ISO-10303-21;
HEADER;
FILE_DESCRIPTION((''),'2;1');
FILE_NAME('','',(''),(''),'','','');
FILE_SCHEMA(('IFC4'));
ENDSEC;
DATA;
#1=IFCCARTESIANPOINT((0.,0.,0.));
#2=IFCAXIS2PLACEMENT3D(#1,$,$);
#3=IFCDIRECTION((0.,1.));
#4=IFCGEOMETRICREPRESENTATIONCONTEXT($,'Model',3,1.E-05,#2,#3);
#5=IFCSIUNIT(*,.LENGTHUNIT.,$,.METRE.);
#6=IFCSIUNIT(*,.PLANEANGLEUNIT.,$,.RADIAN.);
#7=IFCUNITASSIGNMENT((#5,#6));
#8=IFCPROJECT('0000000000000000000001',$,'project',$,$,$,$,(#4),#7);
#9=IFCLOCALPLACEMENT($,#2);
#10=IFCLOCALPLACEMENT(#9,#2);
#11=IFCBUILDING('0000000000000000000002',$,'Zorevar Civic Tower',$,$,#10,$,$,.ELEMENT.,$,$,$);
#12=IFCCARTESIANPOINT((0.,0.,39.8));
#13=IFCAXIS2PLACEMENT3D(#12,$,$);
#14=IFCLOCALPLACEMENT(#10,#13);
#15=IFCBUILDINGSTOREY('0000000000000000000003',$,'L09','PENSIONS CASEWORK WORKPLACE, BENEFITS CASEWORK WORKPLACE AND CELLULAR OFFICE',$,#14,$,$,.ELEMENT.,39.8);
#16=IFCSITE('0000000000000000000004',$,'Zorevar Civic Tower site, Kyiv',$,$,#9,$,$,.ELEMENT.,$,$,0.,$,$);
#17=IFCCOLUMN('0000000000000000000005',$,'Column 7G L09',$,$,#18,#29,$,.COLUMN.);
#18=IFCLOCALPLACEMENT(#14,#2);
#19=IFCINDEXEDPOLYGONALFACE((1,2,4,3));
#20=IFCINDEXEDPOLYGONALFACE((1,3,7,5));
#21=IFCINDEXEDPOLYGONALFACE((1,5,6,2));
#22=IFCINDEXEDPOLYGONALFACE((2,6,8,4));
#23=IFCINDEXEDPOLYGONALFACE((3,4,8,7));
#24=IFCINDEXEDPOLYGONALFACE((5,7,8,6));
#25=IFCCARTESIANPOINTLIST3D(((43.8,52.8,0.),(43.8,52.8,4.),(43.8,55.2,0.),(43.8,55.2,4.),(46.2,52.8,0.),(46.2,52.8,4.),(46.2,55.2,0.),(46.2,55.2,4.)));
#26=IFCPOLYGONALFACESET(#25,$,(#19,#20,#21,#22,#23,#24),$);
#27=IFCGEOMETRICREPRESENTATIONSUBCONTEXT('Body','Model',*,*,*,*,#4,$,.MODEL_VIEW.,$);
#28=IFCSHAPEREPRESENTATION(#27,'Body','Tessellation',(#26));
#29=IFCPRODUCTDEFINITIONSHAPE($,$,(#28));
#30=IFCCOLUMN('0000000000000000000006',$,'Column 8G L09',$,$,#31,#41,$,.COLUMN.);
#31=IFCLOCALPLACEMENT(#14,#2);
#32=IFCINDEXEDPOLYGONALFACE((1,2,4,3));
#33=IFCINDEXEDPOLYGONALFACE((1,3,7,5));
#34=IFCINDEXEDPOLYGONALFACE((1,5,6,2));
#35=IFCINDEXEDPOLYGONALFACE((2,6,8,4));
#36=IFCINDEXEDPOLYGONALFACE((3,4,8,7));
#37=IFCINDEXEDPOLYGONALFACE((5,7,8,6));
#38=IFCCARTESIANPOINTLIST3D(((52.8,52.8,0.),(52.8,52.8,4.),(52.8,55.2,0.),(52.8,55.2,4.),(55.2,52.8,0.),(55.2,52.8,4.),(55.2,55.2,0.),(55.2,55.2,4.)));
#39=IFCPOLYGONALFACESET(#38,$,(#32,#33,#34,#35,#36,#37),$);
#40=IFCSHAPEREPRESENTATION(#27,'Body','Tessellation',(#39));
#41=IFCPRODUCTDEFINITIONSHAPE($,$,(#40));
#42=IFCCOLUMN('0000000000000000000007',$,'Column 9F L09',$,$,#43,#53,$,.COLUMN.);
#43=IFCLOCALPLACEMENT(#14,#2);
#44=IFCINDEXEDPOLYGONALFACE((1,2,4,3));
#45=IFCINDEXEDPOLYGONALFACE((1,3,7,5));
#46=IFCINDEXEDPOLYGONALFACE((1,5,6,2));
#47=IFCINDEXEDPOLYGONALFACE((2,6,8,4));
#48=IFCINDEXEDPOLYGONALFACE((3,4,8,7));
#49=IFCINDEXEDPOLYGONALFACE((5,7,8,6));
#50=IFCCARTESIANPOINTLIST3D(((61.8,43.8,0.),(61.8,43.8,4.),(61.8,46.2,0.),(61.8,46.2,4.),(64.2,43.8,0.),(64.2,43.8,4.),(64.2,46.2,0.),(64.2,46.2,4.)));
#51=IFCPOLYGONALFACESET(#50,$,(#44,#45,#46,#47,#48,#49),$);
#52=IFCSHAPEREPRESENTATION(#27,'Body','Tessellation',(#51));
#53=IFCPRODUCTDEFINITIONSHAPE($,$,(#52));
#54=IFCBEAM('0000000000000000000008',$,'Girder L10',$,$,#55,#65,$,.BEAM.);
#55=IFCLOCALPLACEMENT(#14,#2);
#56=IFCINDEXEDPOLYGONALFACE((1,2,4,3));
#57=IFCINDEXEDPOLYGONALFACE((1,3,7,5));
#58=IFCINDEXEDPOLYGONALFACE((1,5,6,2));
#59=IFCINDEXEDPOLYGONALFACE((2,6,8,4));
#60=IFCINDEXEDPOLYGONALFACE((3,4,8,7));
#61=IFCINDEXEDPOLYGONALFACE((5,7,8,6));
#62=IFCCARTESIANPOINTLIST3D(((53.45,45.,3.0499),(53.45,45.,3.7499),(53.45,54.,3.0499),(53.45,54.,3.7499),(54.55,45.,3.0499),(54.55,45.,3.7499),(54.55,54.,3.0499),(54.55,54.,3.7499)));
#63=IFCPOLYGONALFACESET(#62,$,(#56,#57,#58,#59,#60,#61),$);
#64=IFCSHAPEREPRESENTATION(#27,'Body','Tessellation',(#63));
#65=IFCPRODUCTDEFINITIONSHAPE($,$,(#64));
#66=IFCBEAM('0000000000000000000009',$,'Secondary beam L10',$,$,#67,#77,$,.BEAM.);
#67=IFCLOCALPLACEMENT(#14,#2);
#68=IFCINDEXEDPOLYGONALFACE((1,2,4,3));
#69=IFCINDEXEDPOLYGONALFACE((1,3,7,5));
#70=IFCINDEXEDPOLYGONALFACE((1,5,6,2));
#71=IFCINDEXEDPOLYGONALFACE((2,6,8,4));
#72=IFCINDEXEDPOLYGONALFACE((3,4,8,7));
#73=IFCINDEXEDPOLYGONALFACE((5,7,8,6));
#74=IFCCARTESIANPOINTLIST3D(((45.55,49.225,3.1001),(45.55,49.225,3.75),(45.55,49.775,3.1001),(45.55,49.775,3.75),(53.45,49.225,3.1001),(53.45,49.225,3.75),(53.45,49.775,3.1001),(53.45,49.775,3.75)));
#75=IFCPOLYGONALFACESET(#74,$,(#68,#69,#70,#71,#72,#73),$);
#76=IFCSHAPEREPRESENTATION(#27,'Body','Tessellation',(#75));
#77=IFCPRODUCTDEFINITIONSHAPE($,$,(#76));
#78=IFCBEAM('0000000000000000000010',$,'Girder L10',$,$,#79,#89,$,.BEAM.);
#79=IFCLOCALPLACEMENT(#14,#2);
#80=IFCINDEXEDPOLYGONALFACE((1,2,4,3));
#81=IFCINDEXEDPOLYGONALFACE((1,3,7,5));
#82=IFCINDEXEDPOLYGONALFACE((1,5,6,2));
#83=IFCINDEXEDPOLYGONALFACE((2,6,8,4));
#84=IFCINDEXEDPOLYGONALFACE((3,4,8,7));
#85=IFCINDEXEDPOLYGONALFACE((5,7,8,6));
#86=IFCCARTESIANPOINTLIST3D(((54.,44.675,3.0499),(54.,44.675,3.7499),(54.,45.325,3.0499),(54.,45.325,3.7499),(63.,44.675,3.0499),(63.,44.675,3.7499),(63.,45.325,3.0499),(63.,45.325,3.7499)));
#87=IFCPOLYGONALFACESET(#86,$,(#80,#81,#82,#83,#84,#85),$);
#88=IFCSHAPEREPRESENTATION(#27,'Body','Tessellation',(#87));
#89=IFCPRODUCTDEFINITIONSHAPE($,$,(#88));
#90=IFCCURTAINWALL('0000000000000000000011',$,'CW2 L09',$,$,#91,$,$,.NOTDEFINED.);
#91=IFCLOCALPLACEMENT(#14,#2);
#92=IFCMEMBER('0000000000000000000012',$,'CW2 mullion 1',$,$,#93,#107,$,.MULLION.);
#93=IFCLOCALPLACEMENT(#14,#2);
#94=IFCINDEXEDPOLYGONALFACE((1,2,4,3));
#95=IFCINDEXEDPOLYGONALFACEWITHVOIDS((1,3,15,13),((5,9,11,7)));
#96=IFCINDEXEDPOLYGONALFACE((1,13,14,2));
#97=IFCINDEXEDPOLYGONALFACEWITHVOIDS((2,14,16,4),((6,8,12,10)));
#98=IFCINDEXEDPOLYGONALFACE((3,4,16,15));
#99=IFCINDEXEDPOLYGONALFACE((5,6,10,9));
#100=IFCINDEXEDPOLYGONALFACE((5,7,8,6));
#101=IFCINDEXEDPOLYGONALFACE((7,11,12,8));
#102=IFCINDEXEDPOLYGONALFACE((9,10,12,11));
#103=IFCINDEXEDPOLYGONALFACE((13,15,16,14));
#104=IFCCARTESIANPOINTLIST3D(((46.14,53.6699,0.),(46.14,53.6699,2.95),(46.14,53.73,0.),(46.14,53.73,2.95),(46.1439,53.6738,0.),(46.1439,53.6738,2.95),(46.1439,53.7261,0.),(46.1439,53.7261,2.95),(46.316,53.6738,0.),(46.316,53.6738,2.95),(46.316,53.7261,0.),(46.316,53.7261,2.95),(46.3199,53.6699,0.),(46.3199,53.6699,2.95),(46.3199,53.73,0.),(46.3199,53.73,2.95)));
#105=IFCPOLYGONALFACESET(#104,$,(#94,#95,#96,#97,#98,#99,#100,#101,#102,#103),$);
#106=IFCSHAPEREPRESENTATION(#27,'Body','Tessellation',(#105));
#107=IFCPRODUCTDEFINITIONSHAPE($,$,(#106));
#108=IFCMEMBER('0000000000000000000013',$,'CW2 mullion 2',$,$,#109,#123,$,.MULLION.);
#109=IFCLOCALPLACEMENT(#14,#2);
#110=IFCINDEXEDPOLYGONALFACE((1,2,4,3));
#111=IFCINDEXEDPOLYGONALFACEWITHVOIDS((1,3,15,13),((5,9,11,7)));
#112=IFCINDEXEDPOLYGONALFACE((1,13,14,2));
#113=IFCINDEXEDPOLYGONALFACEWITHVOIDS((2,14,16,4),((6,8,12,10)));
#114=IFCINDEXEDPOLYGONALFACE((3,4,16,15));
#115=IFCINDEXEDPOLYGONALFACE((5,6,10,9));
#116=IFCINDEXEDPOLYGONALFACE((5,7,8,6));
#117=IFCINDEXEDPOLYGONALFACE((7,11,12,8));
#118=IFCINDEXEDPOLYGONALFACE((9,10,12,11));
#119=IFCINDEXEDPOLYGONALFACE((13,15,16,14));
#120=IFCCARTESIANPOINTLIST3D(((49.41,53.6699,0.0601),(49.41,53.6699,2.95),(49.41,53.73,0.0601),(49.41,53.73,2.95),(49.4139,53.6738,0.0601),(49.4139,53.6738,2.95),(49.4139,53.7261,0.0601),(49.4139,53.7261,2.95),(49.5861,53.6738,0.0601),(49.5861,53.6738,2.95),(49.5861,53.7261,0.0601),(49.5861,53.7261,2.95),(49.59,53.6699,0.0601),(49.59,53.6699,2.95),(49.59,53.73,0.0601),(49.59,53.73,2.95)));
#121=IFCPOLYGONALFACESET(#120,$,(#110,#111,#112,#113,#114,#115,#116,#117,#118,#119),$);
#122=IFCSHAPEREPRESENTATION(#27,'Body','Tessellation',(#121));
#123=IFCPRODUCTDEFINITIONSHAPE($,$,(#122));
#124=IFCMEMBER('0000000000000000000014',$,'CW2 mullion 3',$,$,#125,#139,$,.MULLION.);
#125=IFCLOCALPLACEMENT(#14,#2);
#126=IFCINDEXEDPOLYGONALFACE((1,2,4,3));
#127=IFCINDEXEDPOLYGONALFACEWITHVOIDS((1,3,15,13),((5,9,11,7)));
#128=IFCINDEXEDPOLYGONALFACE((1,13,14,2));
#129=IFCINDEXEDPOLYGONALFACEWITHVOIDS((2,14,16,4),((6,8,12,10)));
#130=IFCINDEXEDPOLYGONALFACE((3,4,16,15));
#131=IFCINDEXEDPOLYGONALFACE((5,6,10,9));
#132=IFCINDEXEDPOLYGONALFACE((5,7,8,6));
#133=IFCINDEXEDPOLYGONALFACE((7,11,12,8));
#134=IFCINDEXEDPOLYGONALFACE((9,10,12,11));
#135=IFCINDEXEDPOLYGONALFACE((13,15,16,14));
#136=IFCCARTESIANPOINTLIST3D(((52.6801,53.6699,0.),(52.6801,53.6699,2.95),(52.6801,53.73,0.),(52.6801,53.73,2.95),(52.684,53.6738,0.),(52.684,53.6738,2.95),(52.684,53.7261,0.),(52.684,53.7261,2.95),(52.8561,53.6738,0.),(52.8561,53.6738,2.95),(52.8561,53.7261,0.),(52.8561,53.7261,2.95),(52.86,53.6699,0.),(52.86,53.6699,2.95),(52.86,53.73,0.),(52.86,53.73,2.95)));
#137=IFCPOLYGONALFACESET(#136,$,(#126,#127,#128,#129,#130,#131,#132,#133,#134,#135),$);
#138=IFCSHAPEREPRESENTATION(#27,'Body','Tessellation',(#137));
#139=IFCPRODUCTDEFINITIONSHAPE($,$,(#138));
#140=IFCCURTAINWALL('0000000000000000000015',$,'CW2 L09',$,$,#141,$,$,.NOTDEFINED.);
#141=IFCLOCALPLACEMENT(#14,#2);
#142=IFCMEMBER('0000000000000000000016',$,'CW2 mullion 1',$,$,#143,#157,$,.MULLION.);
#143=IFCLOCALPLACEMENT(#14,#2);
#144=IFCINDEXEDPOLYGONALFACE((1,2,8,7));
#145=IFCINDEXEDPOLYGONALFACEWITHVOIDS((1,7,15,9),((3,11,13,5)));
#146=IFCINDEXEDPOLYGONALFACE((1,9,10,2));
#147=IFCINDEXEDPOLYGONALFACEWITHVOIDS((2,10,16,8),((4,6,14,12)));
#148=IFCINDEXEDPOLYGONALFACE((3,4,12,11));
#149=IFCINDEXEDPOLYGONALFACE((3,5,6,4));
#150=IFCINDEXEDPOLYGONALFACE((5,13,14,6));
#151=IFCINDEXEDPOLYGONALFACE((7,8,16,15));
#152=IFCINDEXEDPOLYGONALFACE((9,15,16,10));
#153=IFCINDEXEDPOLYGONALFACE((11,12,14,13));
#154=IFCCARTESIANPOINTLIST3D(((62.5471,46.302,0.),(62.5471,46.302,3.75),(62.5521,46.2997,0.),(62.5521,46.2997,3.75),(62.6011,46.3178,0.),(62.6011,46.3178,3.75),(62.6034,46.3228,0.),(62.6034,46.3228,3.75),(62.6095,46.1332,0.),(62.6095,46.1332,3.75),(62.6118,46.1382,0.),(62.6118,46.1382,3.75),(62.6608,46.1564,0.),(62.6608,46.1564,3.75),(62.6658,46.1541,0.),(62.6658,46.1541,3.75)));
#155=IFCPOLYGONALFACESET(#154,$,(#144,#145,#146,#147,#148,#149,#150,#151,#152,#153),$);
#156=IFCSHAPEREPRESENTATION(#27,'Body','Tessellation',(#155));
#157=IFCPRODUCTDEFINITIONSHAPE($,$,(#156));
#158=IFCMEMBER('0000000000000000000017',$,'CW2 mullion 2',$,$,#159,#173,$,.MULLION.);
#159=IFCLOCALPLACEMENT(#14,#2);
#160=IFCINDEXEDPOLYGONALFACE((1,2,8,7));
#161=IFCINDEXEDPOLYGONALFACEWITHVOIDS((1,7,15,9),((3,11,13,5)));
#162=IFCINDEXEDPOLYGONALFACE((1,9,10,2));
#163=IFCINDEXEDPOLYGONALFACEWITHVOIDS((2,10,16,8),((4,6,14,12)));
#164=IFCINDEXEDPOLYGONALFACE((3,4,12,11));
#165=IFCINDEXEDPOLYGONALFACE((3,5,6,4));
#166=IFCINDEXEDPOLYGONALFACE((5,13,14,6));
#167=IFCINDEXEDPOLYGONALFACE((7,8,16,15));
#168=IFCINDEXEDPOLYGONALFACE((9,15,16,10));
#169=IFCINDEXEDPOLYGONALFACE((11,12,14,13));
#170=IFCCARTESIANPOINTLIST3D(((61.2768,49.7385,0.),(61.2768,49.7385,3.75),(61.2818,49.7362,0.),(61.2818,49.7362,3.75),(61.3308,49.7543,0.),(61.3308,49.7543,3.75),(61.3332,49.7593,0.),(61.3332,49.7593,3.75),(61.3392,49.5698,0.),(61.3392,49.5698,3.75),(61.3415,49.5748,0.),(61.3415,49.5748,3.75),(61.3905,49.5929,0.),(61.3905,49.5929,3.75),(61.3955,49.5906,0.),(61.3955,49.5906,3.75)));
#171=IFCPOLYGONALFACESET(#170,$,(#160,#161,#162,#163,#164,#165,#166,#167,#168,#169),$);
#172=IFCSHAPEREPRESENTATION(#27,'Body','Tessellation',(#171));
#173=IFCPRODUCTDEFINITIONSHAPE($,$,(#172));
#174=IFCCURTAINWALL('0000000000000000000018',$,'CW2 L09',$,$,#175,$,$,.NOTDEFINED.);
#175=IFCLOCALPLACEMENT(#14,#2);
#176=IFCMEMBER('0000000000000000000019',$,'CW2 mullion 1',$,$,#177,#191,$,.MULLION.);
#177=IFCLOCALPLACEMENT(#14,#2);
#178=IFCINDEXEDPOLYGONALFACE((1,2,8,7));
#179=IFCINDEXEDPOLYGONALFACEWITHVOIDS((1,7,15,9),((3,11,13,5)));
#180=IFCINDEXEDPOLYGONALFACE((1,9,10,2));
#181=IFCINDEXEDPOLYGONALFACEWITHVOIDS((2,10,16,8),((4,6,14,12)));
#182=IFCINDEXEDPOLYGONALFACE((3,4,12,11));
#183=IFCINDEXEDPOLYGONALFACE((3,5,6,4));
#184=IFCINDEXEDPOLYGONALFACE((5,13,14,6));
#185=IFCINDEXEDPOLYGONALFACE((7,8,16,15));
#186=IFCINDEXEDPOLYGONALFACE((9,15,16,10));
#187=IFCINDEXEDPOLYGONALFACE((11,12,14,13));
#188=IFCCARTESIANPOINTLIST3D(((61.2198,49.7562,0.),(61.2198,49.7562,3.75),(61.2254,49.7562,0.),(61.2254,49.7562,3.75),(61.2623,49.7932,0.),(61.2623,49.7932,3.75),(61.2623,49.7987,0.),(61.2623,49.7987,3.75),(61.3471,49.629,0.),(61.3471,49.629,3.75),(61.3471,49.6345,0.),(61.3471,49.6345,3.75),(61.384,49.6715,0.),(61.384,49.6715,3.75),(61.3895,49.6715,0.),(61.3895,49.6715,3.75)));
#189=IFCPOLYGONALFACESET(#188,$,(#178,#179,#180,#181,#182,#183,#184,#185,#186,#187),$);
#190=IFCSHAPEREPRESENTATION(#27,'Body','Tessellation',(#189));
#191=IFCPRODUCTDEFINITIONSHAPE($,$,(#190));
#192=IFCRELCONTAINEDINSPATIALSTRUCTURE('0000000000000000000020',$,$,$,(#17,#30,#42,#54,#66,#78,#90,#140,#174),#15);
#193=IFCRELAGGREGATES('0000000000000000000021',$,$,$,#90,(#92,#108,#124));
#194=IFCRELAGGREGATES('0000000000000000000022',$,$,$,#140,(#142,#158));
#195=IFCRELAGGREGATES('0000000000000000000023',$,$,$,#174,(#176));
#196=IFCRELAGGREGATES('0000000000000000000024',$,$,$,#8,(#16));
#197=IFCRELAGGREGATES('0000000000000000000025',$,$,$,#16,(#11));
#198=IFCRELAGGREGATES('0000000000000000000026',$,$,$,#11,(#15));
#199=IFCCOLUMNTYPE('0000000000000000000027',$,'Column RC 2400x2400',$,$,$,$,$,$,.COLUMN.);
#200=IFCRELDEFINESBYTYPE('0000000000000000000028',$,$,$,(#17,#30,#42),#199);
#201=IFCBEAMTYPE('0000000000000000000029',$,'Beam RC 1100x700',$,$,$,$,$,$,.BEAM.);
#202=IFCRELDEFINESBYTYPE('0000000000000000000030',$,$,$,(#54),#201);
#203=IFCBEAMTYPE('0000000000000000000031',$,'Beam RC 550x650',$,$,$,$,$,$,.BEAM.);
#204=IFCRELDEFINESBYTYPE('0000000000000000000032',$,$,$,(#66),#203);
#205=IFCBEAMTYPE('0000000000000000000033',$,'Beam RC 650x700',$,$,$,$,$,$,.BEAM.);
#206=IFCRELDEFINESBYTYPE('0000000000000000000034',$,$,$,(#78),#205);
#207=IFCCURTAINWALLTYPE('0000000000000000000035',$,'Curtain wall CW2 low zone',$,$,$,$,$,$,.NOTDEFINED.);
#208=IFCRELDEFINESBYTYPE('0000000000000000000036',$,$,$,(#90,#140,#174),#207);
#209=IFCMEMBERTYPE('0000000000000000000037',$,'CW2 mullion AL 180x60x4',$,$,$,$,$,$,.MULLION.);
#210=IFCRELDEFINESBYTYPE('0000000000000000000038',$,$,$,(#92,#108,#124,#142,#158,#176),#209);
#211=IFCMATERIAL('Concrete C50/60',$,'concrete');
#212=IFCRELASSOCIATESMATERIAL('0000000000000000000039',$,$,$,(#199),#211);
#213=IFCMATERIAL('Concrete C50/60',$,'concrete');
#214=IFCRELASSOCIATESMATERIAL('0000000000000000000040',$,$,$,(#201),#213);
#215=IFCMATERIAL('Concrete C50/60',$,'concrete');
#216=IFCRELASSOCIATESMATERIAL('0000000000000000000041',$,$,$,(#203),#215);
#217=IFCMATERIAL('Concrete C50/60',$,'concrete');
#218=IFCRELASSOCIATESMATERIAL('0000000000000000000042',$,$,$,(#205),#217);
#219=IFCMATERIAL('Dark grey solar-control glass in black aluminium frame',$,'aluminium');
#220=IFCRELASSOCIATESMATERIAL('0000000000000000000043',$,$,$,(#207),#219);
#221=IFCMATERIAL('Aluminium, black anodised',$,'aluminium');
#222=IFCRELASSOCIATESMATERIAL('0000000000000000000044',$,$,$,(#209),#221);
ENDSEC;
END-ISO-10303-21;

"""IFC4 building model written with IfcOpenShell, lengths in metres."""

from ifc_helpers import new_model, si_unit, direction, frame, origin, origin_2d, place, context, subcontext, project, spatial, rectangle, hollow_rectangle, extrude, material, material_profile, profile_set, type_object, element, aggregate, save


model = new_model("IFC4")

# Units and contexts
model_context = context("Model", 3, precision=1e-05, world=origin(), true_north=direction((0.0, 1.0)))
body_context = subcontext(model_context, "Body", "Model", "MODEL_VIEW")
ifc_project = project(units=[si_unit("LENGTHUNIT", "METRE"), si_unit("PLANEANGLEUNIT", "RADIAN")], contexts=[model_context])

# Site, building, storey
site_placement = place(None, origin())
site = spatial("IfcSite", under=ifc_project, at=site_placement, Name="Zorevar Civic Tower site, Kyiv", CompositionType="ELEMENT", RefElevation=0.0)
building_placement = place(site_placement, origin())
building = spatial("IfcBuilding", under=site, at=building_placement, Name="Zorevar Civic Tower", CompositionType="ELEMENT")
storey_placement = place(building_placement, frame((0.0, 0.0, 39.8)))
storey = spatial("IfcBuildingStorey", under=building, at=storey_placement, Name="L09", Description="PENSIONS CASEWORK WORKPLACE, BENEFITS CASEWORK WORKPLACE AND CELLULAR OFFICE", CompositionType="ELEMENT", Elevation=39.8)

# Columns
ifc_material_1 = material(Name="Concrete C50/60", Category="concrete")
ifc_material_profile_1 = material_profile(ifc_material_1, rectangle(XDim=2.3999, YDim=2.3999, at=origin_2d()), Name="RC 2400x2400")
ifc_profile_set_1 = profile_set([ifc_material_profile_1], Name="Concrete C50/60")
column_type = type_object("IfcColumnType", Name="Column RC 2400x2400", PredefinedType="COLUMN", material=ifc_profile_set_1)
for number, where, z_axis, x_axis, name in (
    (1, (45.0, 54.0, 0.0), (0.0, 0.0, 1.0), (1.0, 0.0, 0.0), "Column 7G L09"),
    (2, (54.0, 54.0, 0.0), (0.0, 0.0, 1.0), (1.0, 0.0, 0.0), "Column 8G L09"),
    (3, (63.0, 45.0, 0.0), (0.0, 0.0, 1.0), (1.0, 0.0, 0.0), "Column 9F L09"),
):
    element("IfcColumn", number, at=place(storey_placement, frame(where, z_axis=z_axis, x_axis=x_axis)), inside=storey, type_object=column_type, Name=name, PredefinedType="COLUMN", context=body_context, shape_type="SweptSolid", body=[
        extrude(rectangle(XDim=2.3999, YDim=2.3999, at=origin_2d()), origin(), (0.0, 0.0, 1.0), 4.0),
    ])

# Beams
ifc_material_2 = material(Name="Concrete C50/60", Category="concrete")
ifc_material_profile_2 = material_profile(ifc_material_2, rectangle(XDim=1.1001, YDim=0.7, at=origin_2d()), Name="RC 1100x700")
ifc_profile_set_2 = profile_set([ifc_material_profile_2], Name="Concrete C50/60")
beam_type_1 = type_object("IfcBeamType", Name="Beam RC 1100x700", PredefinedType="BEAM", material=ifc_profile_set_2)
beam_1_placement = place(storey_placement, frame((54.0, 45.0, 3.3999), z_axis=(0.0, 1.0, 0.0), x_axis=(-1.0, 0.0, 0.0)))
element("IfcBeam", 4, at=beam_1_placement, inside=storey, type_object=beam_type_1, Name="Girder L10", PredefinedType="BEAM", context=body_context, shape_type="SweptSolid", body=[
    extrude(rectangle(XDim=1.1001, YDim=0.7, at=origin_2d()), origin(), (0.0, 0.0, 1.0), 9.0),
])
ifc_material_3 = material(Name="Concrete C50/60", Category="concrete")
ifc_material_profile_3 = material_profile(ifc_material_3, rectangle(XDim=0.55, YDim=0.6499, at=origin_2d()), Name="RC 550x650")
ifc_profile_set_3 = profile_set([ifc_material_profile_3], Name="Concrete C50/60")
beam_type_2 = type_object("IfcBeamType", Name="Beam RC 550x650", PredefinedType="BEAM", material=ifc_profile_set_3)
beam_2_placement = place(storey_placement, frame((45.55, 49.5, 3.425), z_axis=(1.0, 0.0, 0.0), x_axis=(0.0, 1.0, 0.0)))
element("IfcBeam", 5, at=beam_2_placement, inside=storey, type_object=beam_type_2, Name="Secondary beam L10", PredefinedType="BEAM", context=body_context, shape_type="SweptSolid", body=[
    extrude(rectangle(XDim=0.55, YDim=0.6499, at=origin_2d()), origin(), (0.0, 0.0, 1.0), 7.8999),
])
ifc_material_4 = material(Name="Concrete C50/60", Category="concrete")
ifc_material_profile_4 = material_profile(ifc_material_4, rectangle(XDim=0.6499, YDim=0.7, at=origin_2d()), Name="RC 650x700")
ifc_profile_set_4 = profile_set([ifc_material_profile_4], Name="Concrete C50/60")
beam_type_3 = type_object("IfcBeamType", Name="Beam RC 650x700", PredefinedType="BEAM", material=ifc_profile_set_4)
beam_3_placement = place(storey_placement, frame((54.0, 45.0, 3.3999), z_axis=(1.0, 0.0, 0.0), x_axis=(0.0, 1.0, 0.0)))
element("IfcBeam", 6, at=beam_3_placement, inside=storey, type_object=beam_type_3, Name="Girder L10", PredefinedType="BEAM", context=body_context, shape_type="SweptSolid", body=[
    extrude(rectangle(XDim=0.6499, YDim=0.7, at=origin_2d()), origin(), (0.0, 0.0, 1.0), 9.0),
])

# Curtain walls, members
ifc_material_5 = material(Name="Dark grey solar-control glass in black aluminium frame", Category="aluminium")
curtain_wall_type = type_object("IfcCurtainWallType", Name="Curtain wall CW2 low zone", PredefinedType="NOTDEFINED", material=ifc_material_5)
curtain_wall_1_placement = place(storey_placement, origin())
curtain_wall_1 = element("IfcCurtainWall", 7, at=curtain_wall_1_placement, inside=storey, type_object=curtain_wall_type, Name="CW2 L09", PredefinedType="NOTDEFINED")
ifc_material_6 = material(Name="Aluminium, black anodised", Category="aluminium")
ifc_material_profile_5 = material_profile(ifc_material_6, hollow_rectangle(XDim=0.0601, YDim=0.1799, WallThickness=0.0039, at=origin_2d()), Name="AL 180x60x4")
ifc_profile_set_5 = profile_set([ifc_material_profile_5], Name="Aluminium, black anodised")
member_type_1 = type_object("IfcMemberType", Name="CW2 mullion AL 180x60x4", PredefinedType="MULLION", material=ifc_profile_set_5)
member_1_placement = place(storey_placement, frame((46.23, 53.7, 0.0), z_axis=(0.0, 0.0, 1.0), x_axis=(0.0, 1.0, 0.0)))
member_1 = element("IfcMember", 8, at=member_1_placement, type_object=member_type_1, Name="CW2 mullion 1", PredefinedType="MULLION", context=body_context, shape_type="SweptSolid", body=[
    extrude(hollow_rectangle(XDim=0.0601, YDim=0.1799, WallThickness=0.0039, at=origin_2d()), origin(), (0.0, 0.0, 1.0), 2.95),
])
member_2_placement = place(storey_placement, frame((49.5, 53.7, 0.0601), z_axis=(0.0, 0.0, 1.0), x_axis=(0.0, 1.0, 0.0)))
member_2 = element("IfcMember", 9, at=member_2_placement, type_object=member_type_1, Name="CW2 mullion 2", PredefinedType="MULLION", context=body_context, shape_type="SweptSolid", body=[
    extrude(hollow_rectangle(XDim=0.0601, YDim=0.1799, WallThickness=0.0039, at=origin_2d()), origin(), (0.0, 0.0, 1.0), 2.8899),
])
member_3_placement = place(storey_placement, frame((52.77, 53.7, 0.0), z_axis=(0.0, 0.0, 1.0), x_axis=(0.0, 1.0, 0.0)))
member_3 = element("IfcMember", 10, at=member_3_placement, type_object=member_type_1, Name="CW2 mullion 3", PredefinedType="MULLION", context=body_context, shape_type="SweptSolid", body=[
    extrude(hollow_rectangle(XDim=0.0601, YDim=0.1799, WallThickness=0.0039, at=origin_2d()), origin(), (0.0, 0.0, 1.0), 2.95),
])
curtain_wall_2_placement = place(storey_placement, origin())
curtain_wall_2 = element("IfcCurtainWall", 11, at=curtain_wall_2_placement, inside=storey, type_object=curtain_wall_type, Name="CW2 L09", PredefinedType="NOTDEFINED")
member_4_placement = place(storey_placement, frame((62.6064, 46.228, 0.0), z_axis=(0.0, 0.0, 1.0), x_axis=(-0.937975, -0.346704, 0.0)))
member_4 = element("IfcMember", 12, at=member_4_placement, type_object=member_type_1, Name="CW2 mullion 1", PredefinedType="MULLION", context=body_context, shape_type="SweptSolid", body=[
    extrude(hollow_rectangle(XDim=0.0601, YDim=0.1799, WallThickness=0.0039, at=origin_2d()), origin(), (0.0, 0.0, 1.0), 3.75),
])
member_5_placement = place(storey_placement, frame((61.3362, 49.6646, 0.0), z_axis=(0.0, 0.0, 1.0), x_axis=(-0.937975, -0.346704, 0.0)))
member_5 = element("IfcMember", 13, at=member_5_placement, type_object=member_type_1, Name="CW2 mullion 2", PredefinedType="MULLION", context=body_context, shape_type="SweptSolid", body=[
    extrude(hollow_rectangle(XDim=0.0601, YDim=0.1799, WallThickness=0.0039, at=origin_2d()), origin(), (0.0, 0.0, 1.0), 3.75),
])
curtain_wall_3_placement = place(storey_placement, origin())
curtain_wall_3 = element("IfcCurtainWall", 14, at=curtain_wall_3_placement, inside=storey, type_object=curtain_wall_type, Name="CW2 L09", PredefinedType="NOTDEFINED")
member_6_placement = place(storey_placement, frame((61.3047, 49.7139, 0.0), z_axis=(0.0, 0.0, 1.0), x_axis=(-0.707107, -0.707107, 0.0)))
member_6 = element("IfcMember", 15, at=member_6_placement, type_object=member_type_1, Name="CW2 mullion 1", PredefinedType="MULLION", context=body_context, shape_type="SweptSolid", body=[
    extrude(hollow_rectangle(XDim=0.0601, YDim=0.1799, WallThickness=0.0039, at=origin_2d()), origin(), (0.0, 0.0, 1.0), 3.75),
])

aggregate(curtain_wall_1, [member_1, member_2, member_3])
aggregate(curtain_wall_2, [member_4, member_5])
aggregate(curtain_wall_3, [member_6])

save(model, "model.ifc")
